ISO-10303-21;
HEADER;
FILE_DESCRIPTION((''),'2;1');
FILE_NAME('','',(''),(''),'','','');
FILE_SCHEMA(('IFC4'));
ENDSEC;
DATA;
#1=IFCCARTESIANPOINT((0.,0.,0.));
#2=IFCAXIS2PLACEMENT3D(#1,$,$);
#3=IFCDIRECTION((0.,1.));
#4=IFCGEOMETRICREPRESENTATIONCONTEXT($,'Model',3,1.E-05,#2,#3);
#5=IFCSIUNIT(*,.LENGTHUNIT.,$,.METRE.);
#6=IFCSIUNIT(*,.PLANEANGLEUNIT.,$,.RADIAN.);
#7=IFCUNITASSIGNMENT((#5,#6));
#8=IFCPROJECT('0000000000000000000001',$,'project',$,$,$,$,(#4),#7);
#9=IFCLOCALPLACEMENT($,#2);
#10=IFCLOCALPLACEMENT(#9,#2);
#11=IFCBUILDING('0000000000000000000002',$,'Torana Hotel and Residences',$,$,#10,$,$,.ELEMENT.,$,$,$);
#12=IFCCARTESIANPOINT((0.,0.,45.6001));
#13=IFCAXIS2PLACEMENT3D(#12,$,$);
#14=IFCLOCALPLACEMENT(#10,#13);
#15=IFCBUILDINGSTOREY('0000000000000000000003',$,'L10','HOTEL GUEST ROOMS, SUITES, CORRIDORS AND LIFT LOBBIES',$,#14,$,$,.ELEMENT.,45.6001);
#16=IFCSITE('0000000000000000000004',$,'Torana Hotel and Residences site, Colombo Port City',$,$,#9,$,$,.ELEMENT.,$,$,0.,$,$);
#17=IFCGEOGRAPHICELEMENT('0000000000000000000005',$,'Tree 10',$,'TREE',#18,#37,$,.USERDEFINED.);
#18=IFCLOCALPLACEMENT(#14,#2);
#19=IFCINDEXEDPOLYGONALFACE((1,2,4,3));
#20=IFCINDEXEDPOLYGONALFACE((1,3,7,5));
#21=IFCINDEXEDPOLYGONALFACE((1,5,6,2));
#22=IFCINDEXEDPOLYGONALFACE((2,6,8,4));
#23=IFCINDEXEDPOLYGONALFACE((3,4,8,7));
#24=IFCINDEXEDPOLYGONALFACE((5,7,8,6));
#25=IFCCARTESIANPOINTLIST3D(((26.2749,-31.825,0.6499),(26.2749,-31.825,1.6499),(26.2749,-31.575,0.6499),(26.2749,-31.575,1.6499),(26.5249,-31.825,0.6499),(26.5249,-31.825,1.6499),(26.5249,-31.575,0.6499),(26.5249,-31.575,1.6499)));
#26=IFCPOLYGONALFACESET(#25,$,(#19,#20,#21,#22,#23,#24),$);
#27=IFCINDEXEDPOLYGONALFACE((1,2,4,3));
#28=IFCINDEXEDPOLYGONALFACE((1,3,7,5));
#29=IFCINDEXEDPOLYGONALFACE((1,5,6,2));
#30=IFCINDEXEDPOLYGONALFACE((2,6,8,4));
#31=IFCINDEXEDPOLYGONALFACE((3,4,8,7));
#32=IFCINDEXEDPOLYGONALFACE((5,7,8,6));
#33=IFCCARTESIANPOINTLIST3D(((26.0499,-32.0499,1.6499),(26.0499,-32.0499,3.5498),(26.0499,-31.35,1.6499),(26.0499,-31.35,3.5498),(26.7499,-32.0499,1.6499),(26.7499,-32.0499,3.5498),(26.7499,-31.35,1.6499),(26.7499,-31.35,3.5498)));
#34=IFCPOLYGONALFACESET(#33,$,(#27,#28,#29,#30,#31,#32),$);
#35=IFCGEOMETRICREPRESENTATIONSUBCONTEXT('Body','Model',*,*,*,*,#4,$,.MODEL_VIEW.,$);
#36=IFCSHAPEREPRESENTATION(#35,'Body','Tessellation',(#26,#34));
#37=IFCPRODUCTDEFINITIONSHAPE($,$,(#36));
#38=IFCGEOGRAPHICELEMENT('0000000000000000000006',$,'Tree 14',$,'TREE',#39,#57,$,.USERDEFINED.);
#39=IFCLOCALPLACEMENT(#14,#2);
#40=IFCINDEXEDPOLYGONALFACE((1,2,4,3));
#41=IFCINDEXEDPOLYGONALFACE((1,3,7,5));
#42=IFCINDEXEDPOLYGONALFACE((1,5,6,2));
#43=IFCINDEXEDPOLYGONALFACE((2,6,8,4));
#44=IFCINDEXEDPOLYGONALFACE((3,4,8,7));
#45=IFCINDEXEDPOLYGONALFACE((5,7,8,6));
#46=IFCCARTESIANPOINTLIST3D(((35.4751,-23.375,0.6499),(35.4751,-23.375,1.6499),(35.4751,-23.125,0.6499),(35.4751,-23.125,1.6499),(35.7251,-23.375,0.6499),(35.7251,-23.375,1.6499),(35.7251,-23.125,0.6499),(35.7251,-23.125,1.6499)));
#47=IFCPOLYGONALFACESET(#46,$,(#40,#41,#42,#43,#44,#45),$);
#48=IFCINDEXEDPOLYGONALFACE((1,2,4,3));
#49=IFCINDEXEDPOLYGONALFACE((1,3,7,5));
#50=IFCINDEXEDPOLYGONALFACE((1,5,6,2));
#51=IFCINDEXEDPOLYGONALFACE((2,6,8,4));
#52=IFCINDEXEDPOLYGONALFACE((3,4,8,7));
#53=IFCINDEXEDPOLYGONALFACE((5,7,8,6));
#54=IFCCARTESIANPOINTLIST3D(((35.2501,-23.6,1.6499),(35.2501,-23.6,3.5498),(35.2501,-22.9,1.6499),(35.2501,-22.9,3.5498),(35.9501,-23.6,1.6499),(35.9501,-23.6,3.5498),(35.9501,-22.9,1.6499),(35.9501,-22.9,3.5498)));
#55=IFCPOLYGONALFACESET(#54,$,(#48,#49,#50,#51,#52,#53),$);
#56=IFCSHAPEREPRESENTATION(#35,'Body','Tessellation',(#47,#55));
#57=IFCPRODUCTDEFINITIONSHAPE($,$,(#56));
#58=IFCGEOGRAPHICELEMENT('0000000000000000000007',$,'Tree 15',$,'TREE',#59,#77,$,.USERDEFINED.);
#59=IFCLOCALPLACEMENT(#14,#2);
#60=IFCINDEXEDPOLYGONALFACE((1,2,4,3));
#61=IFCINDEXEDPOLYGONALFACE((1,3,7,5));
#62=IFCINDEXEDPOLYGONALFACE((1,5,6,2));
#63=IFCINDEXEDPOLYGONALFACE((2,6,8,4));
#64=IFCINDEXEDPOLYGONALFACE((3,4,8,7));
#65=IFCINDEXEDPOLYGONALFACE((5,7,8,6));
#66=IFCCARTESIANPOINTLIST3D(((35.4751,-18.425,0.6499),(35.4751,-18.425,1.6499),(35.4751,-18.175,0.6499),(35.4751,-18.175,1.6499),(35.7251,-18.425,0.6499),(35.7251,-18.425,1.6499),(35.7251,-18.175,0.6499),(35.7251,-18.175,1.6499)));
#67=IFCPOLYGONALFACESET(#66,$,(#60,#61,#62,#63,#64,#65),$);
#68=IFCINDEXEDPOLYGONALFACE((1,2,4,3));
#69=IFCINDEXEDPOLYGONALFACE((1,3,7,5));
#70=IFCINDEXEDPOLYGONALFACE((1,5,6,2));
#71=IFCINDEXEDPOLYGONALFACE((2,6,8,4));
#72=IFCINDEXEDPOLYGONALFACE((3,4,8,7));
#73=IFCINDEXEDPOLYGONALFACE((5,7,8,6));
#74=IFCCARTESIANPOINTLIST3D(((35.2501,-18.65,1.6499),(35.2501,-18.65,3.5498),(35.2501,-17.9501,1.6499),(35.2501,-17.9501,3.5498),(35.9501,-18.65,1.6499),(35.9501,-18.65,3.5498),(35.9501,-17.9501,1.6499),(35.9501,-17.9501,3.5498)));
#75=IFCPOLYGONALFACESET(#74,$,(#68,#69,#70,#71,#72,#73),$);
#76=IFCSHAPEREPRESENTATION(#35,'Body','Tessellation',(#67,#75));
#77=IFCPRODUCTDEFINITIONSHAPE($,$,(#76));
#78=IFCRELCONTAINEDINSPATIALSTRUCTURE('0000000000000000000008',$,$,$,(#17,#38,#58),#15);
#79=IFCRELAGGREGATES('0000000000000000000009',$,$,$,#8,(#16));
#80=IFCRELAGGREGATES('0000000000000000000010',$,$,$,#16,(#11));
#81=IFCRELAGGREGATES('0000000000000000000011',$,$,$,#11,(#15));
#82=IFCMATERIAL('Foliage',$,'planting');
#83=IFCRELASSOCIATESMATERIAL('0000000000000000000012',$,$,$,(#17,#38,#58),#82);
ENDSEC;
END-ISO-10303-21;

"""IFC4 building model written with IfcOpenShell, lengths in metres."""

from ifc_helpers import new_model, si_unit, direction, frame, origin, origin_2d, place, context, subcontext, project, spatial, rectangle, extrude, material, element, save


model = new_model("IFC4")

# Units and contexts
model_context = context("Model", 3, precision=1e-05, world=origin(), true_north=direction((0.0, 1.0)))
body_context = subcontext(model_context, "Body", "Model", "MODEL_VIEW")
ifc_project = project(units=[si_unit("LENGTHUNIT", "METRE"), si_unit("PLANEANGLEUNIT", "RADIAN")], contexts=[model_context])

# Site, building, storey
site_placement = place(None, origin())
site = spatial("IfcSite", under=ifc_project, at=site_placement, Name="Torana Hotel and Residences site, Colombo Port City", CompositionType="ELEMENT", RefElevation=0.0)
building_placement = place(site_placement, origin())
building = spatial("IfcBuilding", under=site, at=building_placement, Name="Torana Hotel and Residences", CompositionType="ELEMENT")
storey_placement = place(building_placement, frame((0.0, 0.0, 45.6001)))
storey = spatial("IfcBuildingStorey", under=building, at=storey_placement, Name="L10", Description="HOTEL GUEST ROOMS, SUITES, CORRIDORS AND LIFT LOBBIES", CompositionType="ELEMENT", Elevation=45.6001)

# Geographic elements
ifc_material_1 = material(Name="Foliage", Category="planting")
for number, where, z_axis, x_axis, name in (
    (1, (26.3999, -31.7, 0.6499), (0.0, 0.0, 1.0), (1.0, 0.0, 0.0), "Tree 10"),
    (2, (35.6001, -23.25, 0.6499), (0.0, 0.0, 1.0), (1.0, 0.0, 0.0), "Tree 14"),
    (3, (35.6001, -18.3, 0.6499), (0.0, 0.0, 1.0), (1.0, 0.0, 0.0), "Tree 15"),
):
    element("IfcGeographicElement", number, at=place(storey_placement, frame(where, z_axis=z_axis, x_axis=x_axis)), inside=storey, material=ifc_material_1, Name=name, ObjectType="TREE", PredefinedType="USERDEFINED", context=body_context, shape_type="SweptSolid", body=[
        extrude(rectangle(XDim=0.25, YDim=0.25, at=origin_2d()), origin(), (0.0, 0.0, 1.0), 1.0),
        extrude(rectangle(XDim=0.7, YDim=0.7, at=origin_2d()), frame((0.0, 0.0, 1.0)), (0.0, 0.0, 1.0), 1.8999),
    ])

save(model, "model.ifc")
